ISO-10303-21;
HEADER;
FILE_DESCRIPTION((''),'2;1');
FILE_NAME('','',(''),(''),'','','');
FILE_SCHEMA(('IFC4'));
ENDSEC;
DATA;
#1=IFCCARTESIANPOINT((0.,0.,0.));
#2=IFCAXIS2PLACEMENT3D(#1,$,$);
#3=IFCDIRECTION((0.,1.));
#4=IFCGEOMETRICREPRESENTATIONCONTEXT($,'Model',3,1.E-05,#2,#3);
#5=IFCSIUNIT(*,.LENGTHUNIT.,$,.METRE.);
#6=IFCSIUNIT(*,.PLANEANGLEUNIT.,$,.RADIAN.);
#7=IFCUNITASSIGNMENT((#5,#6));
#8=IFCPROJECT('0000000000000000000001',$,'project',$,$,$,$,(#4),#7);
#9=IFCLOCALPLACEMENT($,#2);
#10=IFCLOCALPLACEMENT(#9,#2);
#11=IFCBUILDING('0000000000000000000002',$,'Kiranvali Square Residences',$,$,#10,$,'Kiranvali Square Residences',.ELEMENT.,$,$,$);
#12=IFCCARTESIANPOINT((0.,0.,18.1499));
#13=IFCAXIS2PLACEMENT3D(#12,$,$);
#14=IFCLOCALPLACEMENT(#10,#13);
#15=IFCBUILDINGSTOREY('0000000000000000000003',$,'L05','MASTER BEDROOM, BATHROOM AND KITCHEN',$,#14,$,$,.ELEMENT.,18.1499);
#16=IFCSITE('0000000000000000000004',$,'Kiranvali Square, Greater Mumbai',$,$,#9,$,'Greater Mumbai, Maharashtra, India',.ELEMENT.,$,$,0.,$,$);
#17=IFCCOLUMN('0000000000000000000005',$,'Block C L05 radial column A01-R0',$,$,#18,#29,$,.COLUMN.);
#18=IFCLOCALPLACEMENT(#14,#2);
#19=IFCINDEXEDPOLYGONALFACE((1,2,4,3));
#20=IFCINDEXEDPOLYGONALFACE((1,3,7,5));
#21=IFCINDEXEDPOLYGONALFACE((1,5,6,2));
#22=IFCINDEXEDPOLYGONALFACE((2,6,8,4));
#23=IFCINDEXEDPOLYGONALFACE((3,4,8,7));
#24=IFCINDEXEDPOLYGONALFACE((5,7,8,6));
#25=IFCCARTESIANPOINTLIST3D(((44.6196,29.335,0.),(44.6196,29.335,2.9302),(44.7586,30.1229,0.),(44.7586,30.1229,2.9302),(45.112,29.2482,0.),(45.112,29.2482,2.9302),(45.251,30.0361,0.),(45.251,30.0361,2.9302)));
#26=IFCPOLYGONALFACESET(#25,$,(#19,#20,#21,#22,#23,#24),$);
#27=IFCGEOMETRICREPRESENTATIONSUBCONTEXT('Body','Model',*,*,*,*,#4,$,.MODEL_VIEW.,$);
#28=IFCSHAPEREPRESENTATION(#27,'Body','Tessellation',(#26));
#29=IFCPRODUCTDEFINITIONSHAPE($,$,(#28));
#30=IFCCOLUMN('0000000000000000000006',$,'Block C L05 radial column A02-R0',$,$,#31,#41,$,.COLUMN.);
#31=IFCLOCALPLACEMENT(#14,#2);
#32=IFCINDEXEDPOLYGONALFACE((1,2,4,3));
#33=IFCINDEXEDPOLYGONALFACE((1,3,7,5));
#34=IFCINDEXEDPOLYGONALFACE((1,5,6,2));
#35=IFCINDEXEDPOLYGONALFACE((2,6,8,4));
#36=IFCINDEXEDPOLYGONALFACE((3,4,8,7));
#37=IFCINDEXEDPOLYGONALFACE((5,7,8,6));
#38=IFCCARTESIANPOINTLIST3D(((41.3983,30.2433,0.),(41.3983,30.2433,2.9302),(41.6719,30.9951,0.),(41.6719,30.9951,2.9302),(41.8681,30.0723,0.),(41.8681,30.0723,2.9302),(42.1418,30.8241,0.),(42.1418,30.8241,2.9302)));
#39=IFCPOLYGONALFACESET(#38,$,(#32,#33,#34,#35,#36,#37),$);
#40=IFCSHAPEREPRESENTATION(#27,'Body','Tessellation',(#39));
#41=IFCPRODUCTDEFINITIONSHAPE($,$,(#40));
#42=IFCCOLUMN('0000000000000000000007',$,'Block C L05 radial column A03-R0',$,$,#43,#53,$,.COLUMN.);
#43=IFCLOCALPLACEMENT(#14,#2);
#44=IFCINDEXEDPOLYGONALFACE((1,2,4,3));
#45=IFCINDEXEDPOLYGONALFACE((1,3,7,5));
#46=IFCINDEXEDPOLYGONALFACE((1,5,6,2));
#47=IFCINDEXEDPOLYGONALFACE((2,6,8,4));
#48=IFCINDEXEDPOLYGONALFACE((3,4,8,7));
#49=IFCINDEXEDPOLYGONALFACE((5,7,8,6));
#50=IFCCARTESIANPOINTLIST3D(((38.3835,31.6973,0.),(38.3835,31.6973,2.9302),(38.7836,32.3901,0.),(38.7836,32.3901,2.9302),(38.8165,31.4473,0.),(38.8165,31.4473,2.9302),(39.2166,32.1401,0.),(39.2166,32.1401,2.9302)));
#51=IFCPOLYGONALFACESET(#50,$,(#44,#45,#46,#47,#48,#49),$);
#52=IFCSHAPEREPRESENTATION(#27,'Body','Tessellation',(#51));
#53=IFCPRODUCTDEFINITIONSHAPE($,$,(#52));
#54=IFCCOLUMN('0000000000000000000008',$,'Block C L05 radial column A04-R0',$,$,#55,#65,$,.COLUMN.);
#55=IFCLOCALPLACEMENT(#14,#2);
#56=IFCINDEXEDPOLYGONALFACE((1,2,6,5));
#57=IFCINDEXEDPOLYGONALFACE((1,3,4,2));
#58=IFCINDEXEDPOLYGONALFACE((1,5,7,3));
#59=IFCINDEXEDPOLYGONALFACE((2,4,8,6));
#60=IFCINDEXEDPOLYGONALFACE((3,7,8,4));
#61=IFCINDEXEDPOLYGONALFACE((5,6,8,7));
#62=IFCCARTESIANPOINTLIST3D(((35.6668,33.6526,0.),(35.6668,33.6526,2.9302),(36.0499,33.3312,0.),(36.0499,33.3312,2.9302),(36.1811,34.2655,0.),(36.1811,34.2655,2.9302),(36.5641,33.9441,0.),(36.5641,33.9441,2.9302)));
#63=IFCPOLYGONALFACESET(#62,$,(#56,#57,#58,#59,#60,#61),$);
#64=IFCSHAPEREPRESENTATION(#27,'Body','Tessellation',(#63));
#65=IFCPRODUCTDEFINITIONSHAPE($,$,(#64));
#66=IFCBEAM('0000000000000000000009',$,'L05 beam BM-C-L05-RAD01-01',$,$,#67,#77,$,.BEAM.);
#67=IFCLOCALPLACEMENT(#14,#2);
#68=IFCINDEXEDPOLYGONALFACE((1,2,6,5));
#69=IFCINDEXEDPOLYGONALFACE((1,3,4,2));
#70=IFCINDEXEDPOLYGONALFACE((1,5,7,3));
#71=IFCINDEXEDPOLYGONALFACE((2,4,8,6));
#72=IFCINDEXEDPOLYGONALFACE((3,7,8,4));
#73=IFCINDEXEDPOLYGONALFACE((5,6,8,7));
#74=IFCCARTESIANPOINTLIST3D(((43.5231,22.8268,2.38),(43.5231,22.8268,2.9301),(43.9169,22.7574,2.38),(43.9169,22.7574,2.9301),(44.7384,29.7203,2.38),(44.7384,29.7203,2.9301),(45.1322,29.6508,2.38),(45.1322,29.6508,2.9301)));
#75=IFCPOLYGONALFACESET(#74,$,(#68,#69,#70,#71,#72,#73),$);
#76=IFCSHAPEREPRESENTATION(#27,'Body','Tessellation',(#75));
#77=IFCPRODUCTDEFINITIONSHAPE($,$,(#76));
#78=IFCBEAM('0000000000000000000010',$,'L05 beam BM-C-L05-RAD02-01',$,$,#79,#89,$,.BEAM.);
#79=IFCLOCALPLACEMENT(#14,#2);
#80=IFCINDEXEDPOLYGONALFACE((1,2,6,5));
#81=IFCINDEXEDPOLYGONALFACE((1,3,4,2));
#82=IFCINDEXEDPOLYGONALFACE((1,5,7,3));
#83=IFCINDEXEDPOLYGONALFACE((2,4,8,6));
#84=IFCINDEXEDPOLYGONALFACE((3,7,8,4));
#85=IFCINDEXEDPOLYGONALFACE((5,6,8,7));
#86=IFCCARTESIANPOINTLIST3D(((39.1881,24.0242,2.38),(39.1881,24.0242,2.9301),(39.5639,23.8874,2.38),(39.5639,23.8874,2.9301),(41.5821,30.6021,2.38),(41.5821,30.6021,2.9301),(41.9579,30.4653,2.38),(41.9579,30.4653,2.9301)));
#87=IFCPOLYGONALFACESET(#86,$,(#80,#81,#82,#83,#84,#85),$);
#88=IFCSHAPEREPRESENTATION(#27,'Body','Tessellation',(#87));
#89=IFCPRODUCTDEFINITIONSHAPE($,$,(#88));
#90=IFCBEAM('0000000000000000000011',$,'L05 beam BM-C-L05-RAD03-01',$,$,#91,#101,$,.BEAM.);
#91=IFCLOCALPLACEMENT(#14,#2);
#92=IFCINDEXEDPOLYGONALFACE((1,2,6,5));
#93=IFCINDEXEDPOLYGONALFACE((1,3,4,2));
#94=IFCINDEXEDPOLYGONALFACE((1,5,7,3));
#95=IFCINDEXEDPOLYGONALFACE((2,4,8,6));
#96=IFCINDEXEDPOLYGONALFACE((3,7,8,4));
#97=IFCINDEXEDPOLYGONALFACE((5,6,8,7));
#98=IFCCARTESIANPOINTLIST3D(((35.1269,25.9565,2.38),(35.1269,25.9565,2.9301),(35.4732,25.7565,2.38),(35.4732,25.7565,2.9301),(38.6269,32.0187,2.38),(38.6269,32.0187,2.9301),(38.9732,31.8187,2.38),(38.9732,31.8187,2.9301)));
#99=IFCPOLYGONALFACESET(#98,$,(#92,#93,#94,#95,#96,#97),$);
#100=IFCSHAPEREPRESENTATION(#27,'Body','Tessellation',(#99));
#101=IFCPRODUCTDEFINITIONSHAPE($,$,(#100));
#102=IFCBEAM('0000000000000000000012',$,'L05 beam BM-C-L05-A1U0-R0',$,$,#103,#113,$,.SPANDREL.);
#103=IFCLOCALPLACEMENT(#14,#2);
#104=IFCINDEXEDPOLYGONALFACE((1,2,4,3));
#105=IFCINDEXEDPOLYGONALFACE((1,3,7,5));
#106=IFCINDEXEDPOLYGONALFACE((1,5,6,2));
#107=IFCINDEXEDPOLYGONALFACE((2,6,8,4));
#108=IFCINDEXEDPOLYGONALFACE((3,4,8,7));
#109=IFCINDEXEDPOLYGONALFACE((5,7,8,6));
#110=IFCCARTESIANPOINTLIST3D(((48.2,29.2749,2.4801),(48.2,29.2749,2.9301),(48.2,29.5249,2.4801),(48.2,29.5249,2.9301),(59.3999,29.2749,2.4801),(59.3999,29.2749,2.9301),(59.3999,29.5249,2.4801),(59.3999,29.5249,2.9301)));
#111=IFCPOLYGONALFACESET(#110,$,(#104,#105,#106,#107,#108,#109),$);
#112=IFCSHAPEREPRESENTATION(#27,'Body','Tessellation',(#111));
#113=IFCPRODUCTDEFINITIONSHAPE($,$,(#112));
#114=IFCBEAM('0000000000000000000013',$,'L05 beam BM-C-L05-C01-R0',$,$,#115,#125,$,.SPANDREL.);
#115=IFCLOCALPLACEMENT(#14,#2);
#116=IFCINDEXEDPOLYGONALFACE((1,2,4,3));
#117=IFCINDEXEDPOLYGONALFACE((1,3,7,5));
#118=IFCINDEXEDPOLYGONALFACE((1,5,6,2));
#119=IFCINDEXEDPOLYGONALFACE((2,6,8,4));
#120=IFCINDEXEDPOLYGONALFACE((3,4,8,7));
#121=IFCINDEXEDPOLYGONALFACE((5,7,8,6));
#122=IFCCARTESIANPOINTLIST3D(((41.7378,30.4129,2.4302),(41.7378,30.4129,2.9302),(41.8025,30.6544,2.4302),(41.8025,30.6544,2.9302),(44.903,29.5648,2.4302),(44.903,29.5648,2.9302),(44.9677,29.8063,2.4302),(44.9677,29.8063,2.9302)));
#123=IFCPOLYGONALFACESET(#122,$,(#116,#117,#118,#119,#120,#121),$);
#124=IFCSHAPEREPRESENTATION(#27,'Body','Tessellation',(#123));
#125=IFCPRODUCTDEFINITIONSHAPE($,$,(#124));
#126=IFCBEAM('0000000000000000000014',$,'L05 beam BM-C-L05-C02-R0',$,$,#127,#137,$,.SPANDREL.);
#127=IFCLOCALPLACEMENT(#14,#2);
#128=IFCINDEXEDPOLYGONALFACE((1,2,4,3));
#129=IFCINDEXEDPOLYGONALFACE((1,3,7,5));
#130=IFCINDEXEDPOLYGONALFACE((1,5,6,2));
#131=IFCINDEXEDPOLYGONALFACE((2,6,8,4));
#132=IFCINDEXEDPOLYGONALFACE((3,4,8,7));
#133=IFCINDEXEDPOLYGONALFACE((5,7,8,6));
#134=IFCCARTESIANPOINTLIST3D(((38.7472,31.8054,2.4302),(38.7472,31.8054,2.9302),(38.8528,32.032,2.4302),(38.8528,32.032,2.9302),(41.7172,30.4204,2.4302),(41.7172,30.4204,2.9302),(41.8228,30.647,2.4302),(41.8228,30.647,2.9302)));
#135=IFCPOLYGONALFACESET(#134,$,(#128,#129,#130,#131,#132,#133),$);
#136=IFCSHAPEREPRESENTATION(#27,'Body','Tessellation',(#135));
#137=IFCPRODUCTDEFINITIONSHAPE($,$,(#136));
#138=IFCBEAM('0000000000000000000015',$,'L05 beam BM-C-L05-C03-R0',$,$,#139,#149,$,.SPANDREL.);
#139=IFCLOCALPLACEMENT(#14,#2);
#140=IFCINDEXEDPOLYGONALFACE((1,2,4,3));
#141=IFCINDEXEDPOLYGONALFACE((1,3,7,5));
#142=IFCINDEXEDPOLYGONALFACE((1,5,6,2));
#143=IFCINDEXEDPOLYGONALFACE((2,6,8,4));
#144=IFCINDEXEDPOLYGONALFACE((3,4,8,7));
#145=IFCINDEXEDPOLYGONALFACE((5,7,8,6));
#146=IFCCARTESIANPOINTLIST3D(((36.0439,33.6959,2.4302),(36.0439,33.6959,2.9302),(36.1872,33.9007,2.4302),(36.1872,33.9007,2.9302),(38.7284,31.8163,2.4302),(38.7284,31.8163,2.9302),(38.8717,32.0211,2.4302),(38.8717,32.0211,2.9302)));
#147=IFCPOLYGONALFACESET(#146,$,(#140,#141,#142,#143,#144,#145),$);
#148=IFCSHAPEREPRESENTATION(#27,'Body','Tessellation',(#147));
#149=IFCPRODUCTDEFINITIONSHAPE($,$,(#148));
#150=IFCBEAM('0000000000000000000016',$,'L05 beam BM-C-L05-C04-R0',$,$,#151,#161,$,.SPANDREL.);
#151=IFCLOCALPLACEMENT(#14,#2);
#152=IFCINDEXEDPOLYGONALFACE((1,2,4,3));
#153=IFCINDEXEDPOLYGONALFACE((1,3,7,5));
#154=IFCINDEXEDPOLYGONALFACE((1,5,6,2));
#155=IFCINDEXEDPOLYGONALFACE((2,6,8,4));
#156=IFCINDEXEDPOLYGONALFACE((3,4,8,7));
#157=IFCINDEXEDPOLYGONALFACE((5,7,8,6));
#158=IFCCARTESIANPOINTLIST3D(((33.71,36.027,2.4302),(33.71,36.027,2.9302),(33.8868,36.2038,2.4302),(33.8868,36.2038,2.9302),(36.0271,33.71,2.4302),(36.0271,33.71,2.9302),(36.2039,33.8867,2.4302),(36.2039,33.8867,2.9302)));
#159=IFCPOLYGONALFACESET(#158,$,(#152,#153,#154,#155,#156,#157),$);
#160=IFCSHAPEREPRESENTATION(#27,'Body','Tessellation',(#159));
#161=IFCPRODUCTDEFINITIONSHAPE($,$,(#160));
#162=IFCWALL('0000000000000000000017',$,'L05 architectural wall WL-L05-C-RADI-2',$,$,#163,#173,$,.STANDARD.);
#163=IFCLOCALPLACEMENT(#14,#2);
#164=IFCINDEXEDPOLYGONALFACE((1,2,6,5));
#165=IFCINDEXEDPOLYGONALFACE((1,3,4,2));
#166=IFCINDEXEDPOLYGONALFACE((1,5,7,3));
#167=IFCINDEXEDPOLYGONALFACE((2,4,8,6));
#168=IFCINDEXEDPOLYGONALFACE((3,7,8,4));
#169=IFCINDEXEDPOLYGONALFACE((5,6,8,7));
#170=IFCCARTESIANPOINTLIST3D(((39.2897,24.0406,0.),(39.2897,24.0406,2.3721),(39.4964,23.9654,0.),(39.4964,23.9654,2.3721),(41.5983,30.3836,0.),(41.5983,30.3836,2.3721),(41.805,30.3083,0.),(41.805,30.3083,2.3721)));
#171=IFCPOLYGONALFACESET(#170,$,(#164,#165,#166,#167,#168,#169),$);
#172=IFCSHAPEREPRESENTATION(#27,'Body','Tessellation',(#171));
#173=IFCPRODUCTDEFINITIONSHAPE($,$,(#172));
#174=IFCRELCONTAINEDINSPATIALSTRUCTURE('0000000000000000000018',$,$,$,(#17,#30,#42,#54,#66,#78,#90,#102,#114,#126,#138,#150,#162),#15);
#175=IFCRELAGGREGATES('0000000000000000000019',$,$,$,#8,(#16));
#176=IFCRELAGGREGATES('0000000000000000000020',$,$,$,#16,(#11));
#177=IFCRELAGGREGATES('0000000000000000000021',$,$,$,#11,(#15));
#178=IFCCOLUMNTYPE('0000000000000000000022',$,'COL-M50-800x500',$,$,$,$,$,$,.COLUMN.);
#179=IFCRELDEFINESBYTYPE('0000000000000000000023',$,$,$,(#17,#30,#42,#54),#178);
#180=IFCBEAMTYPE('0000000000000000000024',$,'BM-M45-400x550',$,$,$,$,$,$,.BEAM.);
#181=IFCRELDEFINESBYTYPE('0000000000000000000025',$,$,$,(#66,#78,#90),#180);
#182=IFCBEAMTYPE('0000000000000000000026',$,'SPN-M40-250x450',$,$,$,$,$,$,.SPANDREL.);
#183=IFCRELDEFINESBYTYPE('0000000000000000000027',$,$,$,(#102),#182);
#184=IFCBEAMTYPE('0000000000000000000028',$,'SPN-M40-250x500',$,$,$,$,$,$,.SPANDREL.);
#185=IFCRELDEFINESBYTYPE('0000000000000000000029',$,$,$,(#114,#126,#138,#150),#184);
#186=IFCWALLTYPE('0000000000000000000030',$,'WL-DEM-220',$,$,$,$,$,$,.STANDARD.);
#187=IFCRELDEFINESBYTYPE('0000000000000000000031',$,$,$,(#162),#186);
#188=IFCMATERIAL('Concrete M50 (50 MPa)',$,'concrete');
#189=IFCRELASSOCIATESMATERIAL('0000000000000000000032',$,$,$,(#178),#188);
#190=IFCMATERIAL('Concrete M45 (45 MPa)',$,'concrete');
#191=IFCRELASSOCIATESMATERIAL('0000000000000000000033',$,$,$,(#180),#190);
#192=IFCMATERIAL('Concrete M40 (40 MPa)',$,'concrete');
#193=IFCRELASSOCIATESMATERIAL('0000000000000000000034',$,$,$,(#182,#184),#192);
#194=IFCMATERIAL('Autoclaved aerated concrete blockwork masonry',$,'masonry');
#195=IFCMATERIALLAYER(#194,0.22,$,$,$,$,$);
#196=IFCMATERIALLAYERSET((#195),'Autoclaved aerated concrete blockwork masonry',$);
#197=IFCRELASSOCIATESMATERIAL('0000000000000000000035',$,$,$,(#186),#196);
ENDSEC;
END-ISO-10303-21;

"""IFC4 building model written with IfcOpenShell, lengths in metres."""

from ifc_helpers import new_model, si_unit, direction, frame, frame_2d, origin, origin_2d, place, context, subcontext, project, spatial, rectangle, extrude, material, layer, layer_set, material_profile, profile_set, type_object, element, save


model = new_model("IFC4")

# Units and contexts
model_context = context("Model", 3, precision=1e-05, world=origin(), true_north=direction((0.0, 1.0)))
body_context = subcontext(model_context, "Body", "Model", "MODEL_VIEW")
ifc_project = project(units=[si_unit("LENGTHUNIT", "METRE"), si_unit("PLANEANGLEUNIT", "RADIAN")], contexts=[model_context])

# Site, building, storey
site_placement = place(None, origin())
site = spatial("IfcSite", under=ifc_project, at=site_placement, Name="Kiranvali Square, Greater Mumbai", LongName="Greater Mumbai, Maharashtra, India", CompositionType="ELEMENT", RefElevation=0.0)
building_placement = place(site_placement, origin())
building = spatial("IfcBuilding", under=site, at=building_placement, Name="Kiranvali Square Residences", LongName="Kiranvali Square Residences", CompositionType="ELEMENT")
storey_placement = place(building_placement, frame((0.0, 0.0, 18.1499)))
storey = spatial("IfcBuildingStorey", under=building, at=storey_placement, Name="L05", Description="MASTER BEDROOM, BATHROOM AND KITCHEN", CompositionType="ELEMENT", Elevation=18.1499)

# Columns
ifc_material_1 = material(Name="Concrete M50 (50 MPa)", Category="concrete")
ifc_material_profile_1 = material_profile(ifc_material_1, rectangle(XDim=0.5, YDim=0.8, at=origin_2d()), Name="RC 800x500")
ifc_profile_set_1 = profile_set([ifc_material_profile_1], Name="Concrete M50 (50 MPa)")
column_type = type_object("IfcColumnType", Name="COL-M50-800x500", PredefinedType="COLUMN", material=ifc_profile_set_1)
for number, where, z_axis, x_axis, name in (
    (1, (44.9353, 29.6855, 0.0), (0.0, 0.0, 1.0), (-0.984808, 0.173648, 0.0), "Block C L05 radial column A01-R0"),
    (2, (41.77, 30.5337, 0.0), (0.0, 0.0, 1.0), (-0.939693, 0.34202, 0.0), "Block C L05 radial column A02-R0"),
    (3, (38.8, 31.9187, 0.0), (0.0, 0.0, 1.0), (-0.866025, 0.5, 0.0), "Block C L05 radial column A03-R0"),
    (4, (36.1155, 33.7983, 0.0), (0.0, 0.0, 1.0), (-0.766044, 0.642788, 0.0), "Block C L05 radial column A04-R0"),
):
    element("IfcColumn", number, at=place(storey_placement, frame(where, z_axis=z_axis, x_axis=x_axis)), inside=storey, type_object=column_type, Name=name, PredefinedType="COLUMN", context=body_context, shape_type="SweptSolid", body=[
        extrude(rectangle(XDim=0.5, YDim=0.8, at=origin_2d()), origin(), (0.0, 0.0, 1.0), 2.9302),
    ])

# Beams
ifc_material_2 = material(Name="Concrete M45 (45 MPa)", Category="concrete")
ifc_material_profile_2 = material_profile(ifc_material_2, rectangle(XDim=0.3999, YDim=0.55, at=origin_2d()), Name="RC 400x550")
ifc_profile_set_2 = profile_set([ifc_material_profile_2], Name="Concrete M45 (45 MPa)")
beam_type_1 = type_object("IfcBeamType", Name="BM-M45-400x550", PredefinedType="BEAM", material=ifc_profile_set_2)
beam_1_placement = place(storey_placement, frame((44.9353, 29.6855, 2.655), z_axis=(-0.173622, -0.984812, 0.0), x_axis=(0.984812, -0.173622, 0.0)))
element("IfcBeam", 5, at=beam_1_placement, inside=storey, type_object=beam_type_1, Name="L05 beam BM-C-L05-RAD01-01", PredefinedType="BEAM", context=body_context, shape_type="SweptSolid", body=[
    extrude(rectangle(XDim=0.3999, YDim=0.55, at=origin_2d()), origin(), (0.0, 0.0, 1.0), 6.9998),
])
for number, where, z_axis, x_axis, name in (
    (6, (41.77, 30.5337, 2.655), (-0.342006, -0.939698, 0.0), (0.939698, -0.342006, 0.0), "L05 beam BM-C-L05-RAD02-01"),
    (7, (38.8, 31.9187, 2.655), (-0.499995, -0.866028, 0.0), (0.866028, -0.499995, 0.0), "L05 beam BM-C-L05-RAD03-01"),
):
    element("IfcBeam", number, at=place(storey_placement, frame(where, z_axis=z_axis, x_axis=x_axis)), inside=storey, type_object=beam_type_1, Name=name, PredefinedType="BEAM", context=body_context, shape_type="SweptSolid", body=[
        extrude(rectangle(XDim=0.3999, YDim=0.55, at=origin_2d()), origin(), (0.0, 0.0, 1.0), 7.0),
    ])
ifc_material_3 = material(Name="Concrete M40 (40 MPa)", Category="concrete")
ifc_material_profile_3 = material_profile(ifc_material_3, rectangle(XDim=0.25, YDim=0.45, at=origin_2d()), Name="RC 250x450")
ifc_profile_set_3 = profile_set([ifc_material_profile_3], Name="Concrete M40 (40 MPa)")
beam_type_2 = type_object("IfcBeamType", Name="SPN-M40-250x450", PredefinedType="SPANDREL", material=ifc_profile_set_3)
beam_2_placement = place(storey_placement, frame((48.2, 29.3999, 2.7051), z_axis=(1.0, 0.0, 0.0), x_axis=(0.0, 1.0, 0.0)))
element("IfcBeam", 8, at=beam_2_placement, inside=storey, type_object=beam_type_2, Name="L05 beam BM-C-L05-A1U0-R0", PredefinedType="SPANDREL", context=body_context, shape_type="SweptSolid", body=[
    extrude(rectangle(XDim=0.25, YDim=0.45, at=origin_2d()), origin(), (0.0, 0.0, 1.0), 11.2),
])
ifc_material_profile_4 = material_profile(ifc_material_3, rectangle(XDim=0.25, YDim=0.5, at=origin_2d()), Name="RC 250x500")
ifc_profile_set_4 = profile_set([ifc_material_profile_4], Name="Concrete M40 (40 MPa)")
beam_type_3 = type_object("IfcBeamType", Name="SPN-M40-250x500", PredefinedType="SPANDREL", material=ifc_profile_set_4)
beam_3_placement = place(storey_placement, frame((44.9353, 29.6855, 2.6802), z_axis=(-0.965925, 0.258822, 0.0), x_axis=(-0.258822, -0.965925, 0.0)))
element("IfcBeam", 9, at=beam_3_placement, inside=storey, type_object=beam_type_3, Name="L05 beam BM-C-L05-C01-R0", PredefinedType="SPANDREL", context=body_context, shape_type="SweptSolid", body=[
    extrude(rectangle(XDim=0.25, YDim=0.5, at=origin_2d()), origin(), (0.0, 0.0, 1.0), 3.2769),
])
for number, where, z_axis, x_axis, name in (
    (10, (41.77, 30.5337, 2.6802), (-0.906297, 0.422641, 0.0), (-0.422641, -0.906297, 0.0), "L05 beam BM-C-L05-C02-R0"),
    (11, (38.8, 31.9187, 2.6802), (-0.819169, 0.573552, 0.0), (-0.573552, -0.819169, 0.0), "L05 beam BM-C-L05-C03-R0"),
):
    element("IfcBeam", number, at=place(storey_placement, frame(where, z_axis=z_axis, x_axis=x_axis)), inside=storey, type_object=beam_type_3, Name=name, PredefinedType="SPANDREL", context=body_context, shape_type="SweptSolid", body=[
        extrude(rectangle(XDim=0.25, YDim=0.5, at=origin_2d()), origin(), (0.0, 0.0, 1.0), 3.2771),
    ])
beam_4_placement = place(storey_placement, frame((36.1155, 33.7983, 2.6802), z_axis=(-0.707107, 0.707107, 0.0), x_axis=(-0.707107, -0.707107, 0.0)))
element("IfcBeam", 12, at=beam_4_placement, inside=storey, type_object=beam_type_3, Name="L05 beam BM-C-L05-C04-R0", PredefinedType="SPANDREL", context=body_context, shape_type="SweptSolid", body=[
    extrude(rectangle(XDim=0.25, YDim=0.5, at=origin_2d()), origin(), (0.0, 0.0, 1.0), 3.2769),
])

# Wall
ifc_material_4 = material(Name="Autoclaved aerated concrete blockwork masonry", Category="masonry")
ifc_layer_1 = layer(ifc_material_4, 0.22)
ifc_layer_set_1 = layer_set([ifc_layer_1], Name="Autoclaved aerated concrete blockwork masonry")
wall_type_1 = type_object("IfcWallType", Name="WL-DEM-220", PredefinedType="STANDARD", material=ifc_layer_set_1)
wall_1_placement = place(storey_placement, frame((41.7017, 30.3459, 0.0), z_axis=(0.0, 0.0, 1.0), x_axis=(-0.34201, -0.939696, 0.0)))
element("IfcWall", 13, at=wall_1_placement, inside=storey, type_object=wall_type_1, Name="L05 architectural wall WL-L05-C-RADI-2", PredefinedType="STANDARD", context=body_context, shape_type="SweptSolid", body=[
    extrude(rectangle(XDim=6.75, YDim=0.22, at=frame_2d((3.375, 0.0))), origin(), (0.0, 0.0, 1.0), 2.3721),
])

save(model, "model.ifc")
